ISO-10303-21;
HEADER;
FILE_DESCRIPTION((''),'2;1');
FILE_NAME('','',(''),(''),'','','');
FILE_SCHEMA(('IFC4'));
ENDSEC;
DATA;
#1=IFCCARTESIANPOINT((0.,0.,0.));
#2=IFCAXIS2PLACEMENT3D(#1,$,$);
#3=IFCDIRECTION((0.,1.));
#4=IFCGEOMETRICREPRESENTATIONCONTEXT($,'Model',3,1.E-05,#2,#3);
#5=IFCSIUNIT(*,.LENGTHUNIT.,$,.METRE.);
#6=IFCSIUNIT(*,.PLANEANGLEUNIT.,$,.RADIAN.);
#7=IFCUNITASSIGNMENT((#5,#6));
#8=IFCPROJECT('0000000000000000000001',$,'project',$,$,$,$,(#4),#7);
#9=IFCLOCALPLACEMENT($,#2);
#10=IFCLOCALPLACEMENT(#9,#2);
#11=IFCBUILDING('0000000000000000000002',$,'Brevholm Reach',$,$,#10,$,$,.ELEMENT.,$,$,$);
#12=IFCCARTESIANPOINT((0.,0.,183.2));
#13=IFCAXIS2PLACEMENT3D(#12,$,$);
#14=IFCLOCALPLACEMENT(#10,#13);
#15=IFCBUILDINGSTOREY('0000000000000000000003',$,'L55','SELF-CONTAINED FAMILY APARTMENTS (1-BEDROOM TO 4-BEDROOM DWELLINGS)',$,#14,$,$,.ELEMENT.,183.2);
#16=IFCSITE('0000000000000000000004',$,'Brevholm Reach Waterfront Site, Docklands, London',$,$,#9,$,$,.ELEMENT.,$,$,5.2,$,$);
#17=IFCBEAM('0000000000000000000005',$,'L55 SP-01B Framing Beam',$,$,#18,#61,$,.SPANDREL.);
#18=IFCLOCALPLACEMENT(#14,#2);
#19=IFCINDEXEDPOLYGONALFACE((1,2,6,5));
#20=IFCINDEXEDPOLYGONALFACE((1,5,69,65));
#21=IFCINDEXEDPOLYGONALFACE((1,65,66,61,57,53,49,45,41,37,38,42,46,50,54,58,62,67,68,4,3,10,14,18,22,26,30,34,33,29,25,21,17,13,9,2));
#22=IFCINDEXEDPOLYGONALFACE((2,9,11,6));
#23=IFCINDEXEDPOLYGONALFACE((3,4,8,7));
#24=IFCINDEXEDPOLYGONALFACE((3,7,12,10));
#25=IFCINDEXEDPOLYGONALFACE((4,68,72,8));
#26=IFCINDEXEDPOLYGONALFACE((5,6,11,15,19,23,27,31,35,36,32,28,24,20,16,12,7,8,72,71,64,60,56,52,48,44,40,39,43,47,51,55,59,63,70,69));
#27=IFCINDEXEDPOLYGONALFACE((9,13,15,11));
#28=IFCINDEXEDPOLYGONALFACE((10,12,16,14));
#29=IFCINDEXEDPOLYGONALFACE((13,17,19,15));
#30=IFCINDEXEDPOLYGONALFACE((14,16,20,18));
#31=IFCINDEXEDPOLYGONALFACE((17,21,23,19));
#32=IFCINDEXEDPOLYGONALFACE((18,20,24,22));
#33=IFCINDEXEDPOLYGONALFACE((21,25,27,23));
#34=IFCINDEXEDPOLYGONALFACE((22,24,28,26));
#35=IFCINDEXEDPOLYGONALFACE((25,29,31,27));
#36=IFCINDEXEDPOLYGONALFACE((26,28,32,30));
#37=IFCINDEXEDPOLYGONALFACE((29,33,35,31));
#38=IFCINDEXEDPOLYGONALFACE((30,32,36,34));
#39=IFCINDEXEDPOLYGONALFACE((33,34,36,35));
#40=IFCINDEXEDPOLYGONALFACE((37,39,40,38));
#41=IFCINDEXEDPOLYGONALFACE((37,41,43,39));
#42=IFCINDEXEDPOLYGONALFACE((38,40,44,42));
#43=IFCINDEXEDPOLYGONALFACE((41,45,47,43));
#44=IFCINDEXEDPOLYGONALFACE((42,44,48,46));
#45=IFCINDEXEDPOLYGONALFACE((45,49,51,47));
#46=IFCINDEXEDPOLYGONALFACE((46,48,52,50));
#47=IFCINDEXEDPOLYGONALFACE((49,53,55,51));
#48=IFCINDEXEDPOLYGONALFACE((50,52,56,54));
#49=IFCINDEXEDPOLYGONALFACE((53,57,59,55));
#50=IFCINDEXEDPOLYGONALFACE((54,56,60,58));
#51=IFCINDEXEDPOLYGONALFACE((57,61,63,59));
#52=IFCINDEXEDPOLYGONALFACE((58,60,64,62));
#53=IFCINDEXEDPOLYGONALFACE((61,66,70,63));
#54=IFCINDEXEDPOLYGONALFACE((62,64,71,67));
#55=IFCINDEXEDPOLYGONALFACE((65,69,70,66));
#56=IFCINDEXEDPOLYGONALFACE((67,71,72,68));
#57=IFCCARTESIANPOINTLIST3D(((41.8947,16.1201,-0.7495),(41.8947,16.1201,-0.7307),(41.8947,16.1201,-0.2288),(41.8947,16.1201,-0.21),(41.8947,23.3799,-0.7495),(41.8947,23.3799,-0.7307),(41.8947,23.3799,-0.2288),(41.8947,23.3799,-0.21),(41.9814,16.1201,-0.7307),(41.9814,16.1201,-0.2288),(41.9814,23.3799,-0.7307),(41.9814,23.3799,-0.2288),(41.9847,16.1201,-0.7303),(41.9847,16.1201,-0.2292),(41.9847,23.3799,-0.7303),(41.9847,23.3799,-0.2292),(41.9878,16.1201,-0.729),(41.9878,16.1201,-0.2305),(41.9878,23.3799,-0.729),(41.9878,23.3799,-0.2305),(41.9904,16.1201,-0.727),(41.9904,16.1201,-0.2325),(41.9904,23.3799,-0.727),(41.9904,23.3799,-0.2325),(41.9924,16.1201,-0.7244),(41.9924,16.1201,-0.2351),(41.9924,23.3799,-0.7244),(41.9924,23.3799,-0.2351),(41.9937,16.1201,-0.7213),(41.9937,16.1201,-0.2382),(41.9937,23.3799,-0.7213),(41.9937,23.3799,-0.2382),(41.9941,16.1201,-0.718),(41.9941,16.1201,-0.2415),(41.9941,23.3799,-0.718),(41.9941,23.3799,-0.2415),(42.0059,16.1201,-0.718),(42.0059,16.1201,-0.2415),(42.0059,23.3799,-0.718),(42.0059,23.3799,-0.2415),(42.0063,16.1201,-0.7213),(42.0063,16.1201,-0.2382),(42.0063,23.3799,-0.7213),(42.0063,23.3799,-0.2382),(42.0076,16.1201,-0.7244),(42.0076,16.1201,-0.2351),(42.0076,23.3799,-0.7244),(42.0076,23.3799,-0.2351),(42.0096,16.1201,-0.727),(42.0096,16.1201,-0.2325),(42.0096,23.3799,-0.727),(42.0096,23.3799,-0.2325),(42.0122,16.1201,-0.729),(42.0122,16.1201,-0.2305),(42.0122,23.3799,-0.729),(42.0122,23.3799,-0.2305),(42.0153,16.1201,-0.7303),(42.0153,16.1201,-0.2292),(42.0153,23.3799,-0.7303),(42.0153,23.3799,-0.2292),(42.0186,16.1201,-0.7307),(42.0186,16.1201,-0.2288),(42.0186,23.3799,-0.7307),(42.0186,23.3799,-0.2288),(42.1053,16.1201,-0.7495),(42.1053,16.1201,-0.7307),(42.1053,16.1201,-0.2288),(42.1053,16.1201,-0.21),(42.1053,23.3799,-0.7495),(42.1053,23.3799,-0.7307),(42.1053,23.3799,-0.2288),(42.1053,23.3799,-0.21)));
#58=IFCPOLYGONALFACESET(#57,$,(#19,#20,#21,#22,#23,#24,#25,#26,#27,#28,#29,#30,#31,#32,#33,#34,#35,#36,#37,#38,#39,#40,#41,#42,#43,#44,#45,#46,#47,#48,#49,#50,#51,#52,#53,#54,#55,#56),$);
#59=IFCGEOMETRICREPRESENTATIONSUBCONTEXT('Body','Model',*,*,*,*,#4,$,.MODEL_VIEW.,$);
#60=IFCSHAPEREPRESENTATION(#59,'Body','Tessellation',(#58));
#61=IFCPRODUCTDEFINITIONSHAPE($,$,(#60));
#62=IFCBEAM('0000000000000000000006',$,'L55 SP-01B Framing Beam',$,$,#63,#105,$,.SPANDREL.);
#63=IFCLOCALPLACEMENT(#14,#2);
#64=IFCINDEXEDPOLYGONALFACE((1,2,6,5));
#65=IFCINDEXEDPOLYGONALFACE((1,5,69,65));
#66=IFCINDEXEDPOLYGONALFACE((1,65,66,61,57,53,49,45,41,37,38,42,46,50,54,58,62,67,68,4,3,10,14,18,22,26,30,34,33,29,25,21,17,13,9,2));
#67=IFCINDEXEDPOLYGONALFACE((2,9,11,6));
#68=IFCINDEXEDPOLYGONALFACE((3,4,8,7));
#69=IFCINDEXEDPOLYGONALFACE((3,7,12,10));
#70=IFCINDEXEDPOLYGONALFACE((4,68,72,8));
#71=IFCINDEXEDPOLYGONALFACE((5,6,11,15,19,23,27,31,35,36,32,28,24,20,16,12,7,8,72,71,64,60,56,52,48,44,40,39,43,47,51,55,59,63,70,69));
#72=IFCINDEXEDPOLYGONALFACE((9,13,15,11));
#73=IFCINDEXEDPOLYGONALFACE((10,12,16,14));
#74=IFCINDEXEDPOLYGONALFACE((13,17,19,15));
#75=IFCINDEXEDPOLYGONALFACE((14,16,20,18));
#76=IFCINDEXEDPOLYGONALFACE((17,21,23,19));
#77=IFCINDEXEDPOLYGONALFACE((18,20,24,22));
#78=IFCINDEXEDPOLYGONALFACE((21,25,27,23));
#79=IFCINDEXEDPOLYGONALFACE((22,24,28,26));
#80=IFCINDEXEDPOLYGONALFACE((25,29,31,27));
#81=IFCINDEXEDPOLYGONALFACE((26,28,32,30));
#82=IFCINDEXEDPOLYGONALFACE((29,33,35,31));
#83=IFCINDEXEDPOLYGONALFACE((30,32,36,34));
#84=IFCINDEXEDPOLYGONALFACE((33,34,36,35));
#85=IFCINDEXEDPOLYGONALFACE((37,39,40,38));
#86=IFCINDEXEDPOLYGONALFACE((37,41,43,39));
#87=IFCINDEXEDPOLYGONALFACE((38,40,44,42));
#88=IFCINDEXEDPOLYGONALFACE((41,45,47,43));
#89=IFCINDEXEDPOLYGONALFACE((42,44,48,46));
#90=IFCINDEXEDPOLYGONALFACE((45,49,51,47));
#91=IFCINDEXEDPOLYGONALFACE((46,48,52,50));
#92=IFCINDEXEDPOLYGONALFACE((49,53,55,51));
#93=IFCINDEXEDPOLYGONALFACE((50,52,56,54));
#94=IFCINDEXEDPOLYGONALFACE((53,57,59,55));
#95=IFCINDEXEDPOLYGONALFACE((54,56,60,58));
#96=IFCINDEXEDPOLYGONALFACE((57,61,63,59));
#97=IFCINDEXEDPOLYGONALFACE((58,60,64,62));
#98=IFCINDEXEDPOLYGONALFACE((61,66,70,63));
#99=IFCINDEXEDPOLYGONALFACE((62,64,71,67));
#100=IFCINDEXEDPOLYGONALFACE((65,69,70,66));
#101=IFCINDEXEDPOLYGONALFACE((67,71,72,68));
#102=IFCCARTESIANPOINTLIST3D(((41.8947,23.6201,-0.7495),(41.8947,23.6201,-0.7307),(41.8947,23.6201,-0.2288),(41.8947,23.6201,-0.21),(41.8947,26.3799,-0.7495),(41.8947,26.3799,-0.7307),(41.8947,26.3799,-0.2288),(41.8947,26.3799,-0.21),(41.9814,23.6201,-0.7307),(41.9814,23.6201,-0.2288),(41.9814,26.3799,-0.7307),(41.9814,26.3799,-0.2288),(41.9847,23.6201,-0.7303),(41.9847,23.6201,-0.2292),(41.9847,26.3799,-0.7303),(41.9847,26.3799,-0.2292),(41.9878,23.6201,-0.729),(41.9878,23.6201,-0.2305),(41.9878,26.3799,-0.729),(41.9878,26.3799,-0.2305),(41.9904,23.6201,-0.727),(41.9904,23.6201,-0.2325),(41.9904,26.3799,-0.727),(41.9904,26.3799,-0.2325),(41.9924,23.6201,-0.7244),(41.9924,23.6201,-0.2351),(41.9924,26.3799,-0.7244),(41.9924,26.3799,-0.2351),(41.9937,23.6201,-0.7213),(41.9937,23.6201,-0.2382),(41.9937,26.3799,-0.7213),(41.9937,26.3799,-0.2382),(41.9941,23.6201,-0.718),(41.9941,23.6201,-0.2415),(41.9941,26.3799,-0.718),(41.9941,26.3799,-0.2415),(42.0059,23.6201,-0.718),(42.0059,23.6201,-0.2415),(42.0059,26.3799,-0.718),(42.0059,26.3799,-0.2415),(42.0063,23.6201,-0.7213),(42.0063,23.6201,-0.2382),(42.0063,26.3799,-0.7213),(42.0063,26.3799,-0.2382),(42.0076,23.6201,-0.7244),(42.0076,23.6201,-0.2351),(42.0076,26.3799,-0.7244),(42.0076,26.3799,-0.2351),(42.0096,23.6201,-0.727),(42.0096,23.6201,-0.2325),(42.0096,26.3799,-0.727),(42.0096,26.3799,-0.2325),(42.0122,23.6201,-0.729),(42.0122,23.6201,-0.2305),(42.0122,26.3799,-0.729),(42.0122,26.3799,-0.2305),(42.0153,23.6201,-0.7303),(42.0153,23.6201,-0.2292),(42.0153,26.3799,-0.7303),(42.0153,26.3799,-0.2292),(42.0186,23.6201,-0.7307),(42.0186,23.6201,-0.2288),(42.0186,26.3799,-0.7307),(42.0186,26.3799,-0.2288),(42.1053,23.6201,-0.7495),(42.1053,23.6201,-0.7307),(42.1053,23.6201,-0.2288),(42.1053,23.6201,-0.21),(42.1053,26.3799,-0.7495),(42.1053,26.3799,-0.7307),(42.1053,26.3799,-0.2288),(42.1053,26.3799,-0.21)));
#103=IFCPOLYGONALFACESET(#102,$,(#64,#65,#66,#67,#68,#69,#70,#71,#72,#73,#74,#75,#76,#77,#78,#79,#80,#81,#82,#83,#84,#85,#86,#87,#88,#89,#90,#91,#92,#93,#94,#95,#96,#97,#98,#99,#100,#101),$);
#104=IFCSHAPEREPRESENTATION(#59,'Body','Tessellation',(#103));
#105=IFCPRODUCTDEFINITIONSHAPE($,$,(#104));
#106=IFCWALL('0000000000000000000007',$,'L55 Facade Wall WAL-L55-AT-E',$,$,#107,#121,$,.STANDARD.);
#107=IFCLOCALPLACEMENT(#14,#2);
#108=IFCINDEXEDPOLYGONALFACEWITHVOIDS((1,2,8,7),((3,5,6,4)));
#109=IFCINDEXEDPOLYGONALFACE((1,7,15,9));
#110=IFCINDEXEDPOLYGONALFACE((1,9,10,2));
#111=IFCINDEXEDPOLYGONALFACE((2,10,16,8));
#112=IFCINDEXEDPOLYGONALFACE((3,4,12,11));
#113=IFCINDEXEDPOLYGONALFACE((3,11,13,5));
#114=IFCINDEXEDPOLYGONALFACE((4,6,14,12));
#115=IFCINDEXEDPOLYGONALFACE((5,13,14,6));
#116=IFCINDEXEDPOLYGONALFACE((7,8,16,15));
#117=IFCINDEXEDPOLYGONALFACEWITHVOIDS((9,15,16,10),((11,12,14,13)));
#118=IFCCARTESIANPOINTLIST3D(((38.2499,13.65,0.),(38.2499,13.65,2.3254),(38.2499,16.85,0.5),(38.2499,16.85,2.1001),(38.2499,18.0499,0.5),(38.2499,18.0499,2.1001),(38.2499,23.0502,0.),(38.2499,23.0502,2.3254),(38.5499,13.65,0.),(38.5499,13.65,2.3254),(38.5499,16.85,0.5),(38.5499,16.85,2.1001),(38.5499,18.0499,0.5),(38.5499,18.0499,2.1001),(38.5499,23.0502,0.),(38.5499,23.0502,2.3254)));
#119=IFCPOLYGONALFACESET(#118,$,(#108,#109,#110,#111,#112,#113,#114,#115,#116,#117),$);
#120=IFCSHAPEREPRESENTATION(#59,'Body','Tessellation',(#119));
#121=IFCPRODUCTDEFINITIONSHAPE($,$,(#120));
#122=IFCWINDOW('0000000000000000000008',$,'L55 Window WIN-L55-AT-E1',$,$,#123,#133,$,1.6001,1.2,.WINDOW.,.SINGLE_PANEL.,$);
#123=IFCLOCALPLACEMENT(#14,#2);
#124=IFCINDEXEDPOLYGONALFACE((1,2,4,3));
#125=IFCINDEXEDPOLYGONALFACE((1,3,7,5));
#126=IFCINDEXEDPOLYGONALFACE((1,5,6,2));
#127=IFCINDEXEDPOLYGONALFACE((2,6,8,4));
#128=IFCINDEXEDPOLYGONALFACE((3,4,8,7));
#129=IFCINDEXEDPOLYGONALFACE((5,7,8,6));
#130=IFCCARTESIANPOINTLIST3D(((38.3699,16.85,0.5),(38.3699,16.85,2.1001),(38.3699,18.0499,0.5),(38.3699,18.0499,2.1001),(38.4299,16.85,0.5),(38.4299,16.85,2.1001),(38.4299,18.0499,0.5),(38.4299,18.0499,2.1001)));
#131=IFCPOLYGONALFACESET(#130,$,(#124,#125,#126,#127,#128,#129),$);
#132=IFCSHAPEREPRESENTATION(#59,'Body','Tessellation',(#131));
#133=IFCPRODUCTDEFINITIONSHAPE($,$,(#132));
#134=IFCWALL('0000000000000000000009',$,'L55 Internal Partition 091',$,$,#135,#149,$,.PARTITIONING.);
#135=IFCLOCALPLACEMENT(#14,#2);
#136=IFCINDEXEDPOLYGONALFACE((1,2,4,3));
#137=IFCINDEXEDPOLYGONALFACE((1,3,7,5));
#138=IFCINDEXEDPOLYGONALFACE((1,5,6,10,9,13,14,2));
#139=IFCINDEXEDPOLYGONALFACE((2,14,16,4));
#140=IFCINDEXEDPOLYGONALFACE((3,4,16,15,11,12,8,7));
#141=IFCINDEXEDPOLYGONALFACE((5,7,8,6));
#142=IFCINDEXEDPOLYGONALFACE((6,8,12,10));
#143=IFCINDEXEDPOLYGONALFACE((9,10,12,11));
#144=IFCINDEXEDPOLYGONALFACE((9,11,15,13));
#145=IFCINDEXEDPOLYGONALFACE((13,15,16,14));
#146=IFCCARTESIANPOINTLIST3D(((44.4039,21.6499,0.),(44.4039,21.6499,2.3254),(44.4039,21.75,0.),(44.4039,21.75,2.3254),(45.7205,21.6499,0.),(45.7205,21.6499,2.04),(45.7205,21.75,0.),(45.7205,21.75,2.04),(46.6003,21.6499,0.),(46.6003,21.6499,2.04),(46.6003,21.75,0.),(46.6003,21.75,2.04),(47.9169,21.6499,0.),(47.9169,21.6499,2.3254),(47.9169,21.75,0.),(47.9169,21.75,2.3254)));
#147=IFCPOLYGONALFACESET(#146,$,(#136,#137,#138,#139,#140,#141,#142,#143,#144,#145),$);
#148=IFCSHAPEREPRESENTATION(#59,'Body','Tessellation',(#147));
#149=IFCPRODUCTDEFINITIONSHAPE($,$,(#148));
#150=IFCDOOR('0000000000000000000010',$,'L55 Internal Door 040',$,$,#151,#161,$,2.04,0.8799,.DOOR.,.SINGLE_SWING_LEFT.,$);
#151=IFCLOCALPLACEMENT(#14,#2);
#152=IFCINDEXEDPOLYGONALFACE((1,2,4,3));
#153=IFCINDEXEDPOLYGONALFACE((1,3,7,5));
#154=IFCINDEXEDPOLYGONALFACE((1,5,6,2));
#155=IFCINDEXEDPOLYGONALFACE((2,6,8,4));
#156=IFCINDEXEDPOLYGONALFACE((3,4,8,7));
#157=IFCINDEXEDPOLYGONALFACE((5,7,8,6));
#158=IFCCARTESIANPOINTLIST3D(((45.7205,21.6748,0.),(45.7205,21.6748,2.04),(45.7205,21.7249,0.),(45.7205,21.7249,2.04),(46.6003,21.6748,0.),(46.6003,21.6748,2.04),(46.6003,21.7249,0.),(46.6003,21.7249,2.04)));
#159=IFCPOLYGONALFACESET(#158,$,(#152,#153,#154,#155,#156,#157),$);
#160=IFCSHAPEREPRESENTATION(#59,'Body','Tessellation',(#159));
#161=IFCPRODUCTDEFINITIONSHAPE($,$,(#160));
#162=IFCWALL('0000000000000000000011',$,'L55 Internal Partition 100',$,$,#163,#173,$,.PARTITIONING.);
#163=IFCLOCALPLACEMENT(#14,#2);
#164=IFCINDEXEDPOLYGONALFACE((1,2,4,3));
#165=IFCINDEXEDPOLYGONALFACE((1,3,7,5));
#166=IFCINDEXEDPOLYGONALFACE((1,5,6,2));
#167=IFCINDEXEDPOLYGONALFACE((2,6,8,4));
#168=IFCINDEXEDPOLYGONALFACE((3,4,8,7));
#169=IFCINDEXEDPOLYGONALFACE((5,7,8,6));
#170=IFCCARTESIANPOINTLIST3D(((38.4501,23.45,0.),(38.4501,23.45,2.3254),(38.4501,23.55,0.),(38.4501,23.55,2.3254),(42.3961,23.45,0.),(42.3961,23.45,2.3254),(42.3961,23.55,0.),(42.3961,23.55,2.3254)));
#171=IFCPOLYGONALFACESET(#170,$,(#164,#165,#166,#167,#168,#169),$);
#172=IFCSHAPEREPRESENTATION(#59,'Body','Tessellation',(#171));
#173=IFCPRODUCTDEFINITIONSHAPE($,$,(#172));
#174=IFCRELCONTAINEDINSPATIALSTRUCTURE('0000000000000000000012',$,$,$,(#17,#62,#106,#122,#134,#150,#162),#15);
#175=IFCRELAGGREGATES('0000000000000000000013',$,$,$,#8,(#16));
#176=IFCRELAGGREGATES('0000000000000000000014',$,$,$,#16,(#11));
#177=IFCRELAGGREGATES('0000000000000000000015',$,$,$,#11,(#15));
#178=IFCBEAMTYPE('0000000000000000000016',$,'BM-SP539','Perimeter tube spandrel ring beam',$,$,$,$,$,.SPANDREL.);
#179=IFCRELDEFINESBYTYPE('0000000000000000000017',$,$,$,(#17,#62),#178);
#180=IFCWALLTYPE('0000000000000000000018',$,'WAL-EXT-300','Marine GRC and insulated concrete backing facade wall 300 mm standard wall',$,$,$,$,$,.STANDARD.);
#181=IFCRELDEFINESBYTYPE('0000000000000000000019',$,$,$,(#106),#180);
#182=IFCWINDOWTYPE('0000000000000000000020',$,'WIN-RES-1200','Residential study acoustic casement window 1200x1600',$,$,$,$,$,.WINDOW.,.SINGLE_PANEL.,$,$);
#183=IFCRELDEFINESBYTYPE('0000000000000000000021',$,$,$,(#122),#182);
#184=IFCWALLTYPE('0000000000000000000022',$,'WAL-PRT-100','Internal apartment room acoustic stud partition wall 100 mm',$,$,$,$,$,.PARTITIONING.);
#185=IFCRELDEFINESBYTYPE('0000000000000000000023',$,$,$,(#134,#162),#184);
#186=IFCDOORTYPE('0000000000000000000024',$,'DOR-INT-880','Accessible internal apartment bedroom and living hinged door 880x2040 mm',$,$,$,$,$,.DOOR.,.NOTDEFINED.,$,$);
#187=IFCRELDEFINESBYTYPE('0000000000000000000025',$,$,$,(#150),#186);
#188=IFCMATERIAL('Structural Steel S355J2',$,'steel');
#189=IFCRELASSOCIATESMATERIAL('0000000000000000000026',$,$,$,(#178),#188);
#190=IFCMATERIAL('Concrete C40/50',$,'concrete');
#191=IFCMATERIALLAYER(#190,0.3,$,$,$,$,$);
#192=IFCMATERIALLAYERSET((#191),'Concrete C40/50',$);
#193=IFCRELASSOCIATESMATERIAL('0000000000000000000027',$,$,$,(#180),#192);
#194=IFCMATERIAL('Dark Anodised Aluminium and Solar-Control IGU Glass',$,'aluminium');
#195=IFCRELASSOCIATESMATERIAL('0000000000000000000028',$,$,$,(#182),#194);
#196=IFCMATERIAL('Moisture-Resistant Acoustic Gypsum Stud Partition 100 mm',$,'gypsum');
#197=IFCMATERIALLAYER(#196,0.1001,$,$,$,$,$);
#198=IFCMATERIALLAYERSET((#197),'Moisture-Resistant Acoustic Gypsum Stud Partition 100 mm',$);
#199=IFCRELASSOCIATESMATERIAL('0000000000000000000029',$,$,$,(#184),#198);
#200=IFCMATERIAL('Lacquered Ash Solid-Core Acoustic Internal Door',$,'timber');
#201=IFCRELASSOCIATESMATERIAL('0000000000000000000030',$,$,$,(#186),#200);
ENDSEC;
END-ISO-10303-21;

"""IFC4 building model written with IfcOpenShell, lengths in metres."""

from ifc_helpers import new_model, si_unit, direction, frame, frame_2d, origin, origin_2d, place, context, subcontext, project, spatial, rectangle, i_section, extrude, material, layer, layer_set, material_profile, profile_set, type_object, element, fill, save


model = new_model("IFC4")

# Units and contexts
model_context = context("Model", 3, precision=1e-05, world=origin(), true_north=direction((0.0, 1.0)))
body_context = subcontext(model_context, "Body", "Model", "MODEL_VIEW")
ifc_project = project(units=[si_unit("LENGTHUNIT", "METRE"), si_unit("PLANEANGLEUNIT", "RADIAN")], contexts=[model_context])

# Site, building, storey
site_placement = place(None, origin())
site = spatial("IfcSite", under=ifc_project, at=site_placement, Name="Brevholm Reach Waterfront Site, Docklands, London", CompositionType="ELEMENT", RefElevation=5.2)
building_placement = place(site_placement, origin())
building = spatial("IfcBuilding", under=site, at=building_placement, Name="Brevholm Reach", CompositionType="ELEMENT")
storey_placement = place(building_placement, frame((0.0, 0.0, 183.2)))
storey = spatial("IfcBuildingStorey", under=building, at=storey_placement, Name="L55", Description="SELF-CONTAINED FAMILY APARTMENTS (1-BEDROOM TO 4-BEDROOM DWELLINGS)", CompositionType="ELEMENT", Elevation=183.2)

# Beams
ifc_material_1 = material(Name="Structural Steel S355J2", Category="steel")
ifc_material_profile_1 = material_profile(ifc_material_1, i_section(OverallWidth=0.2107, OverallDepth=0.5396, WebThickness=0.0117, FlangeThickness=0.0188, FilletRadius=0.0127, at=origin_2d()), Name="UKB 533x210x109")
ifc_profile_set_1 = profile_set([ifc_material_profile_1], Name="Structural Steel S355J2")
beam_type_1 = type_object("IfcBeamType", Name="BM-SP539", Description="Perimeter tube spandrel ring beam", PredefinedType="SPANDREL", material=ifc_profile_set_1)
beam_1_placement = place(storey_placement, frame((42.0, 16.1201, -0.4797), z_axis=(0.0, 1.0, 0.0), x_axis=(-1.0, 0.0, 0.0)))
element("IfcBeam", 1, at=beam_1_placement, inside=storey, type_object=beam_type_1, Name="L55 SP-01B Framing Beam", PredefinedType="SPANDREL", context=body_context, shape_type="SweptSolid", body=[
    extrude(i_section(OverallWidth=0.2107, OverallDepth=0.5396, WebThickness=0.0117, FlangeThickness=0.0188, FilletRadius=0.0127, at=origin_2d()), origin(), (0.0, 0.0, 1.0), 7.2598),
])
beam_2_placement = place(storey_placement, frame((42.0, 23.6201, -0.4797), z_axis=(0.0, 1.0, 0.0), x_axis=(-1.0, 0.0, 0.0)))
element("IfcBeam", 2, at=beam_2_placement, inside=storey, type_object=beam_type_1, Name="L55 SP-01B Framing Beam", PredefinedType="SPANDREL", context=body_context, shape_type="SweptSolid", body=[
    extrude(i_section(OverallWidth=0.2107, OverallDepth=0.5396, WebThickness=0.0117, FlangeThickness=0.0188, FilletRadius=0.0127, at=origin_2d()), origin(), (0.0, 0.0, 1.0), 2.7598),
])

# Wall, opening, window
ifc_material_2 = material(Name="Concrete C40/50", Category="concrete")
ifc_layer_1 = layer(ifc_material_2, 0.3)
ifc_layer_set_1 = layer_set([ifc_layer_1], Name="Concrete C40/50")
wall_type_1 = type_object("IfcWallType", Name="WAL-EXT-300", Description="Marine GRC and insulated concrete backing facade wall 300 mm standard wall", PredefinedType="STANDARD", material=ifc_layer_set_1)
wall_1_placement = place(storey_placement, frame((38.3999, 13.6499, 0.0), z_axis=(0.0, 0.0, 1.0), x_axis=(0.0, 1.0, 0.0)))
wall_1 = element("IfcWall", 3, at=wall_1_placement, inside=storey, type_object=wall_type_1, Name="L55 Facade Wall WAL-L55-AT-E", PredefinedType="STANDARD", context=body_context, shape_type="SweptSolid", body=[
    extrude(rectangle(XDim=9.4001, YDim=0.3, at=frame_2d((4.7002, 0.0))), origin(), (0.0, 0.0, 1.0), 2.3254),
])
opening_1_placement = place(wall_1_placement, frame((3.2, 0.0, 0.5)))
opening_1 = element("IfcOpeningElement", 4, at=opening_1_placement, cuts=wall_1, PredefinedType="OPENING", context=body_context, shape_type="SweptSolid", body=[
    extrude(rectangle(XDim=1.2, YDim=1.6001, at=frame_2d((0.6001, 0.8))), frame((0.0, 0.1599, 0.0), z_axis=(0.0, -1.0, 0.0), x_axis=(1.0, 0.0, 0.0)), (0.0, 0.0, 1.0), 0.3201),
])
ifc_material_3 = material(Name="Dark Anodised Aluminium and Solar-Control IGU Glass", Category="aluminium")
window_type = type_object("IfcWindowType", Name="WIN-RES-1200", Description="Residential study acoustic casement window 1200x1600", PartitioningType="SINGLE_PANEL", PredefinedType="WINDOW", material=ifc_material_3)
window_placement = place(opening_1_placement, origin())
window = element("IfcWindow", 5, at=window_placement, inside=storey, type_object=window_type, Name="L55 Window WIN-L55-AT-E1", OverallHeight=1.6001, OverallWidth=1.2, PartitioningType="SINGLE_PANEL", PredefinedType="WINDOW", context=body_context, shape_type="SweptSolid", body=[
    extrude(rectangle(XDim=1.2, YDim=1.6001, at=frame_2d((0.6001, 0.8))), frame((0.0, 0.03, 0.0), z_axis=(0.0, -1.0, 0.0), x_axis=(1.0, 0.0, 0.0)), (0.0, 0.0, 1.0), 0.0601),
])
fill(opening_1, window)

# Wall, opening, door
ifc_material_4 = material(Name="Moisture-Resistant Acoustic Gypsum Stud Partition 100 mm", Category="gypsum")
ifc_layer_2 = layer(ifc_material_4, 0.1001)
ifc_layer_set_2 = layer_set([ifc_layer_2], Name="Moisture-Resistant Acoustic Gypsum Stud Partition 100 mm")
wall_type_2 = type_object("IfcWallType", Name="WAL-PRT-100", Description="Internal apartment room acoustic stud partition wall 100 mm", PredefinedType="PARTITIONING", material=ifc_layer_set_2)
wall_2_placement = place(storey_placement, frame((44.4041, 21.7, 0.0), z_axis=(0.0, 0.0, 1.0), x_axis=(1.0, 0.0, 0.0)))
wall_2 = element("IfcWall", 6, at=wall_2_placement, inside=storey, type_object=wall_type_2, Name="L55 Internal Partition 091", PredefinedType="PARTITIONING", context=body_context, shape_type="SweptSolid", body=[
    extrude(rectangle(XDim=3.5129, YDim=0.1001, at=frame_2d((1.7563, 0.0))), origin(), (0.0, 0.0, 1.0), 2.3254),
])
opening_2_placement = place(wall_2_placement, frame((1.3164, 0.0, 0.0)))
opening_2 = element("IfcOpeningElement", 7, at=opening_2_placement, cuts=wall_2, PredefinedType="OPENING", context=body_context, shape_type="SweptSolid", body=[
    extrude(rectangle(XDim=0.8799, YDim=2.04, at=frame_2d((0.4399, 1.02))), frame((0.0, 0.0601, 0.0), z_axis=(0.0, -1.0, 0.0), x_axis=(1.0, 0.0, 0.0)), (0.0, 0.0, 1.0), 0.1201),
])
ifc_material_5 = material(Name="Lacquered Ash Solid-Core Acoustic Internal Door", Category="timber")
door_type_1 = type_object("IfcDoorType", Name="DOR-INT-880", Description="Accessible internal apartment bedroom and living hinged door 880x2040 mm", OperationType="NOTDEFINED", PredefinedType="DOOR", material=ifc_material_5)
door_1_placement = place(opening_2_placement, origin())
door_1 = element("IfcDoor", 8, at=door_1_placement, inside=storey, type_object=door_type_1, Name="L55 Internal Door 040", OperationType="SINGLE_SWING_LEFT", OverallHeight=2.04, OverallWidth=0.8799, PredefinedType="DOOR", context=body_context, shape_type="SweptSolid", body=[
    extrude(rectangle(XDim=0.8799, YDim=2.04, at=frame_2d((0.4399, 1.02))), frame((0.0, 0.0249, 0.0), z_axis=(0.0, -1.0, 0.0), x_axis=(1.0, 0.0, 0.0)), (0.0, 0.0, 1.0), 0.05),
])
fill(opening_2, door_1)

# Wall
wall_3_placement = place(storey_placement, frame((38.45, 23.5, 0.0), z_axis=(0.0, 0.0, 1.0), x_axis=(1.0, 0.0, 0.0)))
element("IfcWall", 9, at=wall_3_placement, inside=storey, type_object=wall_type_2, Name="L55 Internal Partition 100", PredefinedType="PARTITIONING", context=body_context, shape_type="SweptSolid", body=[
    extrude(rectangle(XDim=3.946, YDim=0.1001, at=frame_2d((1.9731, 0.0))), origin(), (0.0, 0.0, 1.0), 2.3254),
])

save(model, "model.ifc")
